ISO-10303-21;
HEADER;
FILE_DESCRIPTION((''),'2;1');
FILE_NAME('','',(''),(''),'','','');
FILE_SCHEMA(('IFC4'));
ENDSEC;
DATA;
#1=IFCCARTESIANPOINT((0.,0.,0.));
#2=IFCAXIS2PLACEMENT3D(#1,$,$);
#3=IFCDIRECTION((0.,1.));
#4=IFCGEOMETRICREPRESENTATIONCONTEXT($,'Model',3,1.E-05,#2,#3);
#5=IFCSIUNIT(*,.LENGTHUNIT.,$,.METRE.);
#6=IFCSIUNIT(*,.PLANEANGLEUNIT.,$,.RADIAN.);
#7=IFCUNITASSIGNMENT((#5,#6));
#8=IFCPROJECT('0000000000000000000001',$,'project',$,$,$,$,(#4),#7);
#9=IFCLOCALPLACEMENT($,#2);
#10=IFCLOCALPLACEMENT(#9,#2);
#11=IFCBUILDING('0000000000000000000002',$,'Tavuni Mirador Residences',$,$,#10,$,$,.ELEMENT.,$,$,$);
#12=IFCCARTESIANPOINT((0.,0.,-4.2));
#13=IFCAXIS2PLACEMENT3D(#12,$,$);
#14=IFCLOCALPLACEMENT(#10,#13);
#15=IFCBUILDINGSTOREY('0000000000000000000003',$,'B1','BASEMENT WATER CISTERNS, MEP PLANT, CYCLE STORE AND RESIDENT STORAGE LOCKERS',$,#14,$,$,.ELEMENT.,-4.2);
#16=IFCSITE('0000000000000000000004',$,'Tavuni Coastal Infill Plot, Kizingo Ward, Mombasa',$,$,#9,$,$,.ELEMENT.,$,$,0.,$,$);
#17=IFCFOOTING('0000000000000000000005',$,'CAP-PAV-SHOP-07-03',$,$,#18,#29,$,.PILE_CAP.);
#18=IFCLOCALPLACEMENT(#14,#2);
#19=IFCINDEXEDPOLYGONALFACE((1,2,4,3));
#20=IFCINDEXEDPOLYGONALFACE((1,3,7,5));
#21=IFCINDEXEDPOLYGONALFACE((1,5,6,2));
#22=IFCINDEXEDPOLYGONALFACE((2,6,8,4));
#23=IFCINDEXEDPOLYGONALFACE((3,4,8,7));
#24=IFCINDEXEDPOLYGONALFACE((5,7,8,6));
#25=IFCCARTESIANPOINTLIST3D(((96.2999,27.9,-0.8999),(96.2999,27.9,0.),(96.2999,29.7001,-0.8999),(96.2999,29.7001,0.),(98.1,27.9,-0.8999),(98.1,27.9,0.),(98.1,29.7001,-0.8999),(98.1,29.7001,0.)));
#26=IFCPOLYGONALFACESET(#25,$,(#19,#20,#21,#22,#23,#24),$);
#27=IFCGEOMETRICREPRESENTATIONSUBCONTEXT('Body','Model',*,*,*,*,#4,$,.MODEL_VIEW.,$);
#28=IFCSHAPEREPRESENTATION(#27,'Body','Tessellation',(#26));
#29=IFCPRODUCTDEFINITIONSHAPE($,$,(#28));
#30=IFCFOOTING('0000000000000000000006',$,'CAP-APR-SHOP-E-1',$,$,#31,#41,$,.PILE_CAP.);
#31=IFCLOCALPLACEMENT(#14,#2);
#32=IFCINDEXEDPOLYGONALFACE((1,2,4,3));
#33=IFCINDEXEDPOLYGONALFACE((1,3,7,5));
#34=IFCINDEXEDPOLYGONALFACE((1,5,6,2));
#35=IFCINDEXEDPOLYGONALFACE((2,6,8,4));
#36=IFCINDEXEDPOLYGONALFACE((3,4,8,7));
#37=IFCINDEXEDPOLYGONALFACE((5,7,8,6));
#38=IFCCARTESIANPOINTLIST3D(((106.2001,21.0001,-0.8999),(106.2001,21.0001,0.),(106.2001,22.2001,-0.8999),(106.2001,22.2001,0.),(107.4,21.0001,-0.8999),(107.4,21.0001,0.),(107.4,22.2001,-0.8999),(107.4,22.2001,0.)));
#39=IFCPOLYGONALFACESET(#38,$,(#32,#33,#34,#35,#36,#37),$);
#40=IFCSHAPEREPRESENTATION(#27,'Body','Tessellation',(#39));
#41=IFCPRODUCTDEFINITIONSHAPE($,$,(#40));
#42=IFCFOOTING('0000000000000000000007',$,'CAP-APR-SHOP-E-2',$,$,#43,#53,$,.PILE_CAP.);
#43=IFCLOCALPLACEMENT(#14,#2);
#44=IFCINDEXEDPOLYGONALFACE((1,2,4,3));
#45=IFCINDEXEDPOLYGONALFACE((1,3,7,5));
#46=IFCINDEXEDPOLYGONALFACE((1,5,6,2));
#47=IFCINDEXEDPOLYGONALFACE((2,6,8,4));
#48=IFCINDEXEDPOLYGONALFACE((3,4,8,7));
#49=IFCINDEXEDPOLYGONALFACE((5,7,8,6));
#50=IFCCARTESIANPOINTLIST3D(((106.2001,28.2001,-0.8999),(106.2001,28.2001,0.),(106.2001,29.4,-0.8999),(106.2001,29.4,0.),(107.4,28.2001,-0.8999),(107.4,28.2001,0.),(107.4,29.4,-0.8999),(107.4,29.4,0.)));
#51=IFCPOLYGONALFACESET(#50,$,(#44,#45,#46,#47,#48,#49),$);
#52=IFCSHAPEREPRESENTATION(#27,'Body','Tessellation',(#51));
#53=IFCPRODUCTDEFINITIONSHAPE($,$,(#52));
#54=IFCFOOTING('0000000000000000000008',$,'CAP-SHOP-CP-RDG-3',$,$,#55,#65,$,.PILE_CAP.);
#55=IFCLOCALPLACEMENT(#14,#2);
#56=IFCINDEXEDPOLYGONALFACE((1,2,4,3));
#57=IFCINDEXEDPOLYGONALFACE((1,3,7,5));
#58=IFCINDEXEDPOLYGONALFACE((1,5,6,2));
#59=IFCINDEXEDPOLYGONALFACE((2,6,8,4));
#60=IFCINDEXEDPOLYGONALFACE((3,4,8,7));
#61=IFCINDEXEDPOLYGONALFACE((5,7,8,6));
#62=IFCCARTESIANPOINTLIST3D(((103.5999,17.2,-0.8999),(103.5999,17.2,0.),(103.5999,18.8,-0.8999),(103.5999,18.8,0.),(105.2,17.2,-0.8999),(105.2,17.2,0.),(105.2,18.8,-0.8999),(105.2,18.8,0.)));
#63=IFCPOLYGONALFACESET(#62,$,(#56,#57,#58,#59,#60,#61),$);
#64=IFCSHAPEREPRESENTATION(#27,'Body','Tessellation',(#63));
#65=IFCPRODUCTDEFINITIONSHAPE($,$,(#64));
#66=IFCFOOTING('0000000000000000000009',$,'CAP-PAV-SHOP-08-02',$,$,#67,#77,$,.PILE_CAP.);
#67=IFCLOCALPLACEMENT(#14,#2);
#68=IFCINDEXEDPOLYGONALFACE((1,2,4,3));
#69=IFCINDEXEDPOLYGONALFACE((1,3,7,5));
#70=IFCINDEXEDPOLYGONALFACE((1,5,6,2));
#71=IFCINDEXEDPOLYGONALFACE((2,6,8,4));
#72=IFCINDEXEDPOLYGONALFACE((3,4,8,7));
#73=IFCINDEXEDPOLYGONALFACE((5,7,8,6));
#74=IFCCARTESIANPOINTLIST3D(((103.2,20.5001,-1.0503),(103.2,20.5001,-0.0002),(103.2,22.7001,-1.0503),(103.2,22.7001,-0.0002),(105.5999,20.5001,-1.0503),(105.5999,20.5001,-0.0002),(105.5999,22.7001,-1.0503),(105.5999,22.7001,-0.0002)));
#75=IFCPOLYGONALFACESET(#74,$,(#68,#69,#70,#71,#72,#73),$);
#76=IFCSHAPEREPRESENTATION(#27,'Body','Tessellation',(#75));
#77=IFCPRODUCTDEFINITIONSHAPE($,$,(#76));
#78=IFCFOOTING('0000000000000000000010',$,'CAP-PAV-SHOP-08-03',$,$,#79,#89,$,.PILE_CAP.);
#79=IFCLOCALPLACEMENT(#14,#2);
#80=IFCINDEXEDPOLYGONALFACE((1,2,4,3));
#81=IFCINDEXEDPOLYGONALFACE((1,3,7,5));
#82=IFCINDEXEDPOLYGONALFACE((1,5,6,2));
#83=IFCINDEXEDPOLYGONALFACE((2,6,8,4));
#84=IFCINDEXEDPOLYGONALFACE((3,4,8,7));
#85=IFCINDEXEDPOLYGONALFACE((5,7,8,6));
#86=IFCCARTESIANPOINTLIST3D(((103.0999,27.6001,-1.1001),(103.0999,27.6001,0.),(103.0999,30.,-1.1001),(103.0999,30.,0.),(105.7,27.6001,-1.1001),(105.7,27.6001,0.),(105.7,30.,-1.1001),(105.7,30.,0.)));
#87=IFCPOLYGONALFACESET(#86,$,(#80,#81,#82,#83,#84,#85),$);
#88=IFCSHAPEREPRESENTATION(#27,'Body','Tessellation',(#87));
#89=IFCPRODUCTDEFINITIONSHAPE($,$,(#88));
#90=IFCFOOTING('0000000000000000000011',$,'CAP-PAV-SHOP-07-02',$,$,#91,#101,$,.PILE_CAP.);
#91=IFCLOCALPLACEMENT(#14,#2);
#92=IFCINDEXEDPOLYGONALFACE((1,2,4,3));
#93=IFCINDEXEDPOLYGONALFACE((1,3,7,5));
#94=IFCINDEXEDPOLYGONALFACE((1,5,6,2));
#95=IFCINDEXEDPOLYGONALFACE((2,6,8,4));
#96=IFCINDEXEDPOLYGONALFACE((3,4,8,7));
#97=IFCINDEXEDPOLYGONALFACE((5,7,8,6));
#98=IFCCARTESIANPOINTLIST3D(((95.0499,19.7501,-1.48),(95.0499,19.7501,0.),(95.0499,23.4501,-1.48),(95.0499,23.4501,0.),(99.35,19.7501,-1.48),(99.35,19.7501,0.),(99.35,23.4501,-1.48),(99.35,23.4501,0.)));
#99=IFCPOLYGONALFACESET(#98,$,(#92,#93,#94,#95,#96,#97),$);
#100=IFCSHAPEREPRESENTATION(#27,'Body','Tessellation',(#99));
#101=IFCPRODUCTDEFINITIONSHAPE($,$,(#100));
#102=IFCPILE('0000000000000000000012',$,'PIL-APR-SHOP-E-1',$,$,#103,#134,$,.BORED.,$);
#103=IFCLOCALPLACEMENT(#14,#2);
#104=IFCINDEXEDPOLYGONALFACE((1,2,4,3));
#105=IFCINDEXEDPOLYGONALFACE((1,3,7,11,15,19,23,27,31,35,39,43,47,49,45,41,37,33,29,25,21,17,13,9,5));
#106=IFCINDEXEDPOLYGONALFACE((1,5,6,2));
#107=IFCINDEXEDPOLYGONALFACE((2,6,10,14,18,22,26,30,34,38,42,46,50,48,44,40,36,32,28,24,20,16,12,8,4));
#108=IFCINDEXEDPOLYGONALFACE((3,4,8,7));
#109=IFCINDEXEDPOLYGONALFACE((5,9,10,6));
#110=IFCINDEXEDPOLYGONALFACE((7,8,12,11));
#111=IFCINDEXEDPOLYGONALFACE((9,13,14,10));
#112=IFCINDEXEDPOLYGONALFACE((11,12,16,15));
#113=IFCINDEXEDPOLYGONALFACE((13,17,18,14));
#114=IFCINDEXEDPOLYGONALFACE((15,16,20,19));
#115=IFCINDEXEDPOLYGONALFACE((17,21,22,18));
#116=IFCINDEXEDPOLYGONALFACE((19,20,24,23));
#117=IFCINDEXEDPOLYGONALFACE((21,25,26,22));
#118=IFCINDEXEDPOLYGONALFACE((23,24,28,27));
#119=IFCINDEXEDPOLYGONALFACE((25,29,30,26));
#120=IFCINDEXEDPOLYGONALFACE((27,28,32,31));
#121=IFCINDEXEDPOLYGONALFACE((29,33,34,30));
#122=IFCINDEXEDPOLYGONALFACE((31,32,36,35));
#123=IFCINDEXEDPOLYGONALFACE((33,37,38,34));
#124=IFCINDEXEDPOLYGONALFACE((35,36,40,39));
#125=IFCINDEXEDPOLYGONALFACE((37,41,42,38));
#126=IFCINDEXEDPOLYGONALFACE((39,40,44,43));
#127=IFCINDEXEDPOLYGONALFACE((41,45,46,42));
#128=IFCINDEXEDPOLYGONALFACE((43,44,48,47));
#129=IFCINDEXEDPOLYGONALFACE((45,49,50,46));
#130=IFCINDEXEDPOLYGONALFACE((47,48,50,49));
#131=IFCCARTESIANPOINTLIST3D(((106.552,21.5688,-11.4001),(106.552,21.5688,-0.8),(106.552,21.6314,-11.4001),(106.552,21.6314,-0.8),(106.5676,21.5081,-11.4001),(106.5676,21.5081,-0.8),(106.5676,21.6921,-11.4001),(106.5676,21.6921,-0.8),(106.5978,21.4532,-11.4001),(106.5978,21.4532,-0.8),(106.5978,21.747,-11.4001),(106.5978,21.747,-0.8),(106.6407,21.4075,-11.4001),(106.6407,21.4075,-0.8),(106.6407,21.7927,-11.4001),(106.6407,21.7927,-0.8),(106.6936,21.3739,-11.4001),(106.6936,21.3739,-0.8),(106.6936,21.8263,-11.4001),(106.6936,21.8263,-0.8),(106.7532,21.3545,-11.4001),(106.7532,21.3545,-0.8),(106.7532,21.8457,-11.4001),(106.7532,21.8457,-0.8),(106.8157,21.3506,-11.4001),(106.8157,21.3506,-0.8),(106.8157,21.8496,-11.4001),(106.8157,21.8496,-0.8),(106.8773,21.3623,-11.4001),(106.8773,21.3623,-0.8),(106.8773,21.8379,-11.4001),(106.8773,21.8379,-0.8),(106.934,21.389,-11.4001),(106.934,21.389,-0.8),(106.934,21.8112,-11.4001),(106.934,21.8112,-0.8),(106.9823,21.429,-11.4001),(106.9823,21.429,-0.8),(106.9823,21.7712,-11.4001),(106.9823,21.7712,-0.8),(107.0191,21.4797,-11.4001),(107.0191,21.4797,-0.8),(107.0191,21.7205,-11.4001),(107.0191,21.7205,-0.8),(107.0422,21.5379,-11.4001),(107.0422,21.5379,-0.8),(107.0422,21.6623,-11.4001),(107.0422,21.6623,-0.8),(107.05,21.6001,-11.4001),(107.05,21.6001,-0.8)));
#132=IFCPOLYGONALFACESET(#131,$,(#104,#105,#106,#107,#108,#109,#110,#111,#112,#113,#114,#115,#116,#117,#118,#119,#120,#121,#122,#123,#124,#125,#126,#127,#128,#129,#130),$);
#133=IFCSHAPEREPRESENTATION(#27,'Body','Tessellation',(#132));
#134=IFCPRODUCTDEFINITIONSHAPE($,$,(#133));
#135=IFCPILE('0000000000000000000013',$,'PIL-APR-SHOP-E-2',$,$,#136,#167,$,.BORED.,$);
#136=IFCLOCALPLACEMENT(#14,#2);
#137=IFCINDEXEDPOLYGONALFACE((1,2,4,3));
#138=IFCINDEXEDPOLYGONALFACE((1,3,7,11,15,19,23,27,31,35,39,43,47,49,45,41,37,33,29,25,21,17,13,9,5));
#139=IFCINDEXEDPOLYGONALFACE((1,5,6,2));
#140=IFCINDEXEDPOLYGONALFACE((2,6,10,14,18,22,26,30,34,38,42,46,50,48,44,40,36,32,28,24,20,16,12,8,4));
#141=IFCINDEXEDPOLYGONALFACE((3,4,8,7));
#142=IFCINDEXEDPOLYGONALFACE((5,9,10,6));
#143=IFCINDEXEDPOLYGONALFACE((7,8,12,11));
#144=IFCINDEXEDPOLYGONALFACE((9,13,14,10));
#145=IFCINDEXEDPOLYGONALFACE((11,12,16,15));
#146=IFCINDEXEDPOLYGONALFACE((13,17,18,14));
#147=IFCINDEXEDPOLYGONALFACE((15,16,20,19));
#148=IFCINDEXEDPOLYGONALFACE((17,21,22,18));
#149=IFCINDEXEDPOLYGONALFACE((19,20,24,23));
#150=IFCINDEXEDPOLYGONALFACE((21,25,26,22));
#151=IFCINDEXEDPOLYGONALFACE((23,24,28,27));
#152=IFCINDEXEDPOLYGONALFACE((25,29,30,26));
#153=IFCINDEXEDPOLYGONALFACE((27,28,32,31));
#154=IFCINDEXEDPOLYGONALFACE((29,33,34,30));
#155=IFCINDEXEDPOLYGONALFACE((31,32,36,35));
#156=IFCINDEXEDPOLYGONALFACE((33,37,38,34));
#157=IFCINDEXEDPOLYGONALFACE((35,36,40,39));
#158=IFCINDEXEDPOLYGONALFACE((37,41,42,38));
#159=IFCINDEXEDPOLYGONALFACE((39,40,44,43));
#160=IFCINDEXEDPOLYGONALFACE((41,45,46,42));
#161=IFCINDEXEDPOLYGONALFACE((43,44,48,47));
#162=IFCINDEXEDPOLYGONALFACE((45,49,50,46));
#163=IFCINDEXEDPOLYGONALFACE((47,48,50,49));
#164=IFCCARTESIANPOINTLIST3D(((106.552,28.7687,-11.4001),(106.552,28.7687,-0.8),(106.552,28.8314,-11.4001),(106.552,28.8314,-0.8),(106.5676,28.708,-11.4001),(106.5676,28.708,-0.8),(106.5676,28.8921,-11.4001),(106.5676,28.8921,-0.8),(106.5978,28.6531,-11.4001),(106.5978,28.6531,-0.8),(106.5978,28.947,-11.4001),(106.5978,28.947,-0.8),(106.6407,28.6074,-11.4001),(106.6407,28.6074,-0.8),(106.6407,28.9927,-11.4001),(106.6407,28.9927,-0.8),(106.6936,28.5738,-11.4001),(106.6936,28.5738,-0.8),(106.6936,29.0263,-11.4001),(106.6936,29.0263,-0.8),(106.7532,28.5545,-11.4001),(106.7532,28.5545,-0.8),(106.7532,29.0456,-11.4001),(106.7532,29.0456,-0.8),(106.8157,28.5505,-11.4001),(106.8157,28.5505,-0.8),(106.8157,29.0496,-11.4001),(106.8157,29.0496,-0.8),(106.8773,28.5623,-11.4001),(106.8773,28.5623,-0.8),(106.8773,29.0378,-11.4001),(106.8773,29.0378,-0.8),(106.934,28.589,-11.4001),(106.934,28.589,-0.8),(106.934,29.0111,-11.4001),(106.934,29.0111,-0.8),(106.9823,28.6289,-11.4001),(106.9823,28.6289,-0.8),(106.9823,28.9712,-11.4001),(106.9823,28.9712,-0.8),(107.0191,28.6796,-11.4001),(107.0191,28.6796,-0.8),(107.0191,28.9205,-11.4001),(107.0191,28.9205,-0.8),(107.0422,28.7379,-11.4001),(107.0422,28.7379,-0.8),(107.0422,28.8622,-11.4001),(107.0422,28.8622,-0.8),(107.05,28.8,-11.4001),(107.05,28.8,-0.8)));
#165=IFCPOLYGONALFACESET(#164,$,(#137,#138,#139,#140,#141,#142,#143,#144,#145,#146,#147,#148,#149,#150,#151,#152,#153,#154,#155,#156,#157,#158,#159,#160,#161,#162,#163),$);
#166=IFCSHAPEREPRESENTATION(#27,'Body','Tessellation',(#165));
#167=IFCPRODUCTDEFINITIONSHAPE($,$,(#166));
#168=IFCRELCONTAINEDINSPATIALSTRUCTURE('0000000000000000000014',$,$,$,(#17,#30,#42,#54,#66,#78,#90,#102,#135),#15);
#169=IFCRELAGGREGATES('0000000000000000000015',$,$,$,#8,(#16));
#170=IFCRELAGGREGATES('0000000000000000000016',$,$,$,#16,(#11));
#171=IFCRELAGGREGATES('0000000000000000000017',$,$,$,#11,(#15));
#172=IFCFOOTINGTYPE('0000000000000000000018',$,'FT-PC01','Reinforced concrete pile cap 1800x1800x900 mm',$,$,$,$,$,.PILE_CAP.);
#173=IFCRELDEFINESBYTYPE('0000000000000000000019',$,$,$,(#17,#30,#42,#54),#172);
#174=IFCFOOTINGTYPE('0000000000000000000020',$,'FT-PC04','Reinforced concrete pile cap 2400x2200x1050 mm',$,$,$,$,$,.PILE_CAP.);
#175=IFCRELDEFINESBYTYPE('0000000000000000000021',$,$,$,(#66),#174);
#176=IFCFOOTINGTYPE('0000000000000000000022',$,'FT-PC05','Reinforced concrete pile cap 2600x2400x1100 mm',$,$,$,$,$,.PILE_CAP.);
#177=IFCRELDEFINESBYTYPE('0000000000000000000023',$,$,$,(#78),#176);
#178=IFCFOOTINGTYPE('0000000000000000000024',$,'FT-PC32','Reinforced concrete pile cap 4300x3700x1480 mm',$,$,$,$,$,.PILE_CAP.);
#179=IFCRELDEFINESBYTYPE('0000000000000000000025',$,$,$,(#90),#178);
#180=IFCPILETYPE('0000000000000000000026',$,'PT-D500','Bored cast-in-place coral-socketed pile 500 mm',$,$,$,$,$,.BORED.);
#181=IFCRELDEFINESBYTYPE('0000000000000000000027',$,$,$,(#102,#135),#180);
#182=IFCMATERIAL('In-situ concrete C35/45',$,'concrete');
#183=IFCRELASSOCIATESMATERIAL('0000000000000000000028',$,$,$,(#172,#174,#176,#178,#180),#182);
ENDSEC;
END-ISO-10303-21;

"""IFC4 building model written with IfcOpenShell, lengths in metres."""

from ifc_helpers import new_model, si_unit, direction, frame, origin, origin_2d, place, context, subcontext, project, spatial, rectangle, circle, extrude, material, material_profile, profile_set, type_object, element, save


model = new_model("IFC4")

# Units and contexts
model_context = context("Model", 3, precision=1e-05, world=origin(), true_north=direction((0.0, 1.0)))
body_context = subcontext(model_context, "Body", "Model", "MODEL_VIEW")
ifc_project = project(units=[si_unit("LENGTHUNIT", "METRE"), si_unit("PLANEANGLEUNIT", "RADIAN")], contexts=[model_context])

# Site, building, storey
site_placement = place(None, origin())
site = spatial("IfcSite", under=ifc_project, at=site_placement, Name="Tavuni Coastal Infill Plot, Kizingo Ward, Mombasa", CompositionType="ELEMENT", RefElevation=0.0)
building_placement = place(site_placement, origin())
building = spatial("IfcBuilding", under=site, at=building_placement, Name="Tavuni Mirador Residences", CompositionType="ELEMENT")
storey_placement = place(building_placement, frame((0.0, 0.0, -4.2)))
storey = spatial("IfcBuildingStorey", under=building, at=storey_placement, Name="B1", Description="BASEMENT WATER CISTERNS, MEP PLANT, CYCLE STORE AND RESIDENT STORAGE LOCKERS", CompositionType="ELEMENT", Elevation=-4.2)

# Footings
ifc_material_1 = material(Name="In-situ concrete C35/45", Category="concrete")
footing_type_1 = type_object("IfcFootingType", Name="FT-PC01", Description="Reinforced concrete pile cap 1800x1800x900 mm", PredefinedType="PILE_CAP", material=ifc_material_1)
footing_1_placement = place(storey_placement, frame((97.2, 28.8, -0.8999), z_axis=(0.0, 0.0, 1.0), x_axis=(1.0, 0.0, 0.0)))
element("IfcFooting", 1, at=footing_1_placement, inside=storey, type_object=footing_type_1, Name="CAP-PAV-SHOP-07-03", PredefinedType="PILE_CAP", context=body_context, shape_type="SweptSolid", body=[
    extrude(rectangle(XDim=1.8, YDim=1.8, at=origin_2d()), origin(), (0.0, 0.0, 1.0), 0.8999),
])
for number, where, z_axis, x_axis, name in (
    (2, (106.8, 21.6001, -0.8999), (0.0, 0.0, 1.0), (1.0, 0.0, 0.0), "CAP-APR-SHOP-E-1"),
    (3, (106.8, 28.8, -0.8999), (0.0, 0.0, 1.0), (1.0, 0.0, 0.0), "CAP-APR-SHOP-E-2"),
):
    element("IfcFooting", number, at=place(storey_placement, frame(where, z_axis=z_axis, x_axis=x_axis)), inside=storey, type_object=footing_type_1, Name=name, PredefinedType="PILE_CAP", context=body_context, shape_type="SweptSolid", body=[
        extrude(rectangle(XDim=1.2, YDim=1.2, at=origin_2d()), origin(), (0.0, 0.0, 1.0), 0.8999),
    ])
footing_2_placement = place(storey_placement, frame((104.3999, 18.0, -0.8999), z_axis=(0.0, 0.0, 1.0), x_axis=(1.0, 0.0, 0.0)))
element("IfcFooting", 4, at=footing_2_placement, inside=storey, type_object=footing_type_1, Name="CAP-SHOP-CP-RDG-3", PredefinedType="PILE_CAP", context=body_context, shape_type="SweptSolid", body=[
    extrude(rectangle(XDim=1.6001, YDim=1.6001, at=origin_2d()), origin(), (0.0, 0.0, 1.0), 0.8999),
])
footing_type_2 = type_object("IfcFootingType", Name="FT-PC04", Description="Reinforced concrete pile cap 2400x2200x1050 mm", PredefinedType="PILE_CAP", material=ifc_material_1)
footing_3_placement = place(storey_placement, frame((104.3999, 21.6001, -1.0503), z_axis=(0.0, 0.0, 1.0), x_axis=(1.0, 0.0, 0.0)))
element("IfcFooting", 5, at=footing_3_placement, inside=storey, type_object=footing_type_2, Name="CAP-PAV-SHOP-08-02", PredefinedType="PILE_CAP", context=body_context, shape_type="SweptSolid", body=[
    extrude(rectangle(XDim=2.3999, YDim=2.2, at=origin_2d()), origin(), (0.0, 0.0, 1.0), 1.05),
])
footing_type_3 = type_object("IfcFootingType", Name="FT-PC05", Description="Reinforced concrete pile cap 2600x2400x1100 mm", PredefinedType="PILE_CAP", material=ifc_material_1)
footing_4_placement = place(storey_placement, frame((104.3999, 28.8, -1.1001), z_axis=(0.0, 0.0, 1.0), x_axis=(1.0, 0.0, 0.0)))
element("IfcFooting", 6, at=footing_4_placement, inside=storey, type_object=footing_type_3, Name="CAP-PAV-SHOP-08-03", PredefinedType="PILE_CAP", context=body_context, shape_type="SweptSolid", body=[
    extrude(rectangle(XDim=2.6001, YDim=2.3999, at=origin_2d()), origin(), (0.0, 0.0, 1.0), 1.1001),
])
footing_type_4 = type_object("IfcFootingType", Name="FT-PC32", Description="Reinforced concrete pile cap 4300x3700x1480 mm", PredefinedType="PILE_CAP", material=ifc_material_1)
footing_5_placement = place(storey_placement, frame((97.2, 21.6001, -1.48), z_axis=(0.0, 0.0, 1.0), x_axis=(1.0, 0.0, 0.0)))
element("IfcFooting", 7, at=footing_5_placement, inside=storey, type_object=footing_type_4, Name="CAP-PAV-SHOP-07-02", PredefinedType="PILE_CAP", context=body_context, shape_type="SweptSolid", body=[
    extrude(rectangle(XDim=4.3, YDim=3.7, at=origin_2d()), origin(), (0.0, 0.0, 1.0), 1.48),
])

# Piles
ifc_material_profile_1 = material_profile(ifc_material_1, circle(Radius=0.25, at=origin_2d()), Name="PILE D500", Category="concrete")
ifc_profile_set_1 = profile_set([ifc_material_profile_1], Name="In-situ concrete C35/45")
pile_type_1 = type_object("IfcPileType", Name="PT-D500", Description="Bored cast-in-place coral-socketed pile 500 mm", PredefinedType="BORED", material=ifc_profile_set_1)
for number, where, z_axis, x_axis, name in (
    (8, (106.8, 21.6001, -0.8), (0.0, 0.0, -1.0), (1.0, 0.0, 0.0), "PIL-APR-SHOP-E-1"),
    (9, (106.8, 28.8, -0.8), (0.0, 0.0, -1.0), (1.0, 0.0, 0.0), "PIL-APR-SHOP-E-2"),
):
    element("IfcPile", number, at=place(storey_placement, frame(where, z_axis=z_axis, x_axis=x_axis)), inside=storey, type_object=pile_type_1, Name=name, PredefinedType="BORED", context=body_context, shape_type="SweptSolid", body=[
        extrude(circle(Radius=0.25, at=origin_2d()), origin(), (0.0, 0.0, 1.0), 10.6001),
    ])

save(model, "model.ifc")
